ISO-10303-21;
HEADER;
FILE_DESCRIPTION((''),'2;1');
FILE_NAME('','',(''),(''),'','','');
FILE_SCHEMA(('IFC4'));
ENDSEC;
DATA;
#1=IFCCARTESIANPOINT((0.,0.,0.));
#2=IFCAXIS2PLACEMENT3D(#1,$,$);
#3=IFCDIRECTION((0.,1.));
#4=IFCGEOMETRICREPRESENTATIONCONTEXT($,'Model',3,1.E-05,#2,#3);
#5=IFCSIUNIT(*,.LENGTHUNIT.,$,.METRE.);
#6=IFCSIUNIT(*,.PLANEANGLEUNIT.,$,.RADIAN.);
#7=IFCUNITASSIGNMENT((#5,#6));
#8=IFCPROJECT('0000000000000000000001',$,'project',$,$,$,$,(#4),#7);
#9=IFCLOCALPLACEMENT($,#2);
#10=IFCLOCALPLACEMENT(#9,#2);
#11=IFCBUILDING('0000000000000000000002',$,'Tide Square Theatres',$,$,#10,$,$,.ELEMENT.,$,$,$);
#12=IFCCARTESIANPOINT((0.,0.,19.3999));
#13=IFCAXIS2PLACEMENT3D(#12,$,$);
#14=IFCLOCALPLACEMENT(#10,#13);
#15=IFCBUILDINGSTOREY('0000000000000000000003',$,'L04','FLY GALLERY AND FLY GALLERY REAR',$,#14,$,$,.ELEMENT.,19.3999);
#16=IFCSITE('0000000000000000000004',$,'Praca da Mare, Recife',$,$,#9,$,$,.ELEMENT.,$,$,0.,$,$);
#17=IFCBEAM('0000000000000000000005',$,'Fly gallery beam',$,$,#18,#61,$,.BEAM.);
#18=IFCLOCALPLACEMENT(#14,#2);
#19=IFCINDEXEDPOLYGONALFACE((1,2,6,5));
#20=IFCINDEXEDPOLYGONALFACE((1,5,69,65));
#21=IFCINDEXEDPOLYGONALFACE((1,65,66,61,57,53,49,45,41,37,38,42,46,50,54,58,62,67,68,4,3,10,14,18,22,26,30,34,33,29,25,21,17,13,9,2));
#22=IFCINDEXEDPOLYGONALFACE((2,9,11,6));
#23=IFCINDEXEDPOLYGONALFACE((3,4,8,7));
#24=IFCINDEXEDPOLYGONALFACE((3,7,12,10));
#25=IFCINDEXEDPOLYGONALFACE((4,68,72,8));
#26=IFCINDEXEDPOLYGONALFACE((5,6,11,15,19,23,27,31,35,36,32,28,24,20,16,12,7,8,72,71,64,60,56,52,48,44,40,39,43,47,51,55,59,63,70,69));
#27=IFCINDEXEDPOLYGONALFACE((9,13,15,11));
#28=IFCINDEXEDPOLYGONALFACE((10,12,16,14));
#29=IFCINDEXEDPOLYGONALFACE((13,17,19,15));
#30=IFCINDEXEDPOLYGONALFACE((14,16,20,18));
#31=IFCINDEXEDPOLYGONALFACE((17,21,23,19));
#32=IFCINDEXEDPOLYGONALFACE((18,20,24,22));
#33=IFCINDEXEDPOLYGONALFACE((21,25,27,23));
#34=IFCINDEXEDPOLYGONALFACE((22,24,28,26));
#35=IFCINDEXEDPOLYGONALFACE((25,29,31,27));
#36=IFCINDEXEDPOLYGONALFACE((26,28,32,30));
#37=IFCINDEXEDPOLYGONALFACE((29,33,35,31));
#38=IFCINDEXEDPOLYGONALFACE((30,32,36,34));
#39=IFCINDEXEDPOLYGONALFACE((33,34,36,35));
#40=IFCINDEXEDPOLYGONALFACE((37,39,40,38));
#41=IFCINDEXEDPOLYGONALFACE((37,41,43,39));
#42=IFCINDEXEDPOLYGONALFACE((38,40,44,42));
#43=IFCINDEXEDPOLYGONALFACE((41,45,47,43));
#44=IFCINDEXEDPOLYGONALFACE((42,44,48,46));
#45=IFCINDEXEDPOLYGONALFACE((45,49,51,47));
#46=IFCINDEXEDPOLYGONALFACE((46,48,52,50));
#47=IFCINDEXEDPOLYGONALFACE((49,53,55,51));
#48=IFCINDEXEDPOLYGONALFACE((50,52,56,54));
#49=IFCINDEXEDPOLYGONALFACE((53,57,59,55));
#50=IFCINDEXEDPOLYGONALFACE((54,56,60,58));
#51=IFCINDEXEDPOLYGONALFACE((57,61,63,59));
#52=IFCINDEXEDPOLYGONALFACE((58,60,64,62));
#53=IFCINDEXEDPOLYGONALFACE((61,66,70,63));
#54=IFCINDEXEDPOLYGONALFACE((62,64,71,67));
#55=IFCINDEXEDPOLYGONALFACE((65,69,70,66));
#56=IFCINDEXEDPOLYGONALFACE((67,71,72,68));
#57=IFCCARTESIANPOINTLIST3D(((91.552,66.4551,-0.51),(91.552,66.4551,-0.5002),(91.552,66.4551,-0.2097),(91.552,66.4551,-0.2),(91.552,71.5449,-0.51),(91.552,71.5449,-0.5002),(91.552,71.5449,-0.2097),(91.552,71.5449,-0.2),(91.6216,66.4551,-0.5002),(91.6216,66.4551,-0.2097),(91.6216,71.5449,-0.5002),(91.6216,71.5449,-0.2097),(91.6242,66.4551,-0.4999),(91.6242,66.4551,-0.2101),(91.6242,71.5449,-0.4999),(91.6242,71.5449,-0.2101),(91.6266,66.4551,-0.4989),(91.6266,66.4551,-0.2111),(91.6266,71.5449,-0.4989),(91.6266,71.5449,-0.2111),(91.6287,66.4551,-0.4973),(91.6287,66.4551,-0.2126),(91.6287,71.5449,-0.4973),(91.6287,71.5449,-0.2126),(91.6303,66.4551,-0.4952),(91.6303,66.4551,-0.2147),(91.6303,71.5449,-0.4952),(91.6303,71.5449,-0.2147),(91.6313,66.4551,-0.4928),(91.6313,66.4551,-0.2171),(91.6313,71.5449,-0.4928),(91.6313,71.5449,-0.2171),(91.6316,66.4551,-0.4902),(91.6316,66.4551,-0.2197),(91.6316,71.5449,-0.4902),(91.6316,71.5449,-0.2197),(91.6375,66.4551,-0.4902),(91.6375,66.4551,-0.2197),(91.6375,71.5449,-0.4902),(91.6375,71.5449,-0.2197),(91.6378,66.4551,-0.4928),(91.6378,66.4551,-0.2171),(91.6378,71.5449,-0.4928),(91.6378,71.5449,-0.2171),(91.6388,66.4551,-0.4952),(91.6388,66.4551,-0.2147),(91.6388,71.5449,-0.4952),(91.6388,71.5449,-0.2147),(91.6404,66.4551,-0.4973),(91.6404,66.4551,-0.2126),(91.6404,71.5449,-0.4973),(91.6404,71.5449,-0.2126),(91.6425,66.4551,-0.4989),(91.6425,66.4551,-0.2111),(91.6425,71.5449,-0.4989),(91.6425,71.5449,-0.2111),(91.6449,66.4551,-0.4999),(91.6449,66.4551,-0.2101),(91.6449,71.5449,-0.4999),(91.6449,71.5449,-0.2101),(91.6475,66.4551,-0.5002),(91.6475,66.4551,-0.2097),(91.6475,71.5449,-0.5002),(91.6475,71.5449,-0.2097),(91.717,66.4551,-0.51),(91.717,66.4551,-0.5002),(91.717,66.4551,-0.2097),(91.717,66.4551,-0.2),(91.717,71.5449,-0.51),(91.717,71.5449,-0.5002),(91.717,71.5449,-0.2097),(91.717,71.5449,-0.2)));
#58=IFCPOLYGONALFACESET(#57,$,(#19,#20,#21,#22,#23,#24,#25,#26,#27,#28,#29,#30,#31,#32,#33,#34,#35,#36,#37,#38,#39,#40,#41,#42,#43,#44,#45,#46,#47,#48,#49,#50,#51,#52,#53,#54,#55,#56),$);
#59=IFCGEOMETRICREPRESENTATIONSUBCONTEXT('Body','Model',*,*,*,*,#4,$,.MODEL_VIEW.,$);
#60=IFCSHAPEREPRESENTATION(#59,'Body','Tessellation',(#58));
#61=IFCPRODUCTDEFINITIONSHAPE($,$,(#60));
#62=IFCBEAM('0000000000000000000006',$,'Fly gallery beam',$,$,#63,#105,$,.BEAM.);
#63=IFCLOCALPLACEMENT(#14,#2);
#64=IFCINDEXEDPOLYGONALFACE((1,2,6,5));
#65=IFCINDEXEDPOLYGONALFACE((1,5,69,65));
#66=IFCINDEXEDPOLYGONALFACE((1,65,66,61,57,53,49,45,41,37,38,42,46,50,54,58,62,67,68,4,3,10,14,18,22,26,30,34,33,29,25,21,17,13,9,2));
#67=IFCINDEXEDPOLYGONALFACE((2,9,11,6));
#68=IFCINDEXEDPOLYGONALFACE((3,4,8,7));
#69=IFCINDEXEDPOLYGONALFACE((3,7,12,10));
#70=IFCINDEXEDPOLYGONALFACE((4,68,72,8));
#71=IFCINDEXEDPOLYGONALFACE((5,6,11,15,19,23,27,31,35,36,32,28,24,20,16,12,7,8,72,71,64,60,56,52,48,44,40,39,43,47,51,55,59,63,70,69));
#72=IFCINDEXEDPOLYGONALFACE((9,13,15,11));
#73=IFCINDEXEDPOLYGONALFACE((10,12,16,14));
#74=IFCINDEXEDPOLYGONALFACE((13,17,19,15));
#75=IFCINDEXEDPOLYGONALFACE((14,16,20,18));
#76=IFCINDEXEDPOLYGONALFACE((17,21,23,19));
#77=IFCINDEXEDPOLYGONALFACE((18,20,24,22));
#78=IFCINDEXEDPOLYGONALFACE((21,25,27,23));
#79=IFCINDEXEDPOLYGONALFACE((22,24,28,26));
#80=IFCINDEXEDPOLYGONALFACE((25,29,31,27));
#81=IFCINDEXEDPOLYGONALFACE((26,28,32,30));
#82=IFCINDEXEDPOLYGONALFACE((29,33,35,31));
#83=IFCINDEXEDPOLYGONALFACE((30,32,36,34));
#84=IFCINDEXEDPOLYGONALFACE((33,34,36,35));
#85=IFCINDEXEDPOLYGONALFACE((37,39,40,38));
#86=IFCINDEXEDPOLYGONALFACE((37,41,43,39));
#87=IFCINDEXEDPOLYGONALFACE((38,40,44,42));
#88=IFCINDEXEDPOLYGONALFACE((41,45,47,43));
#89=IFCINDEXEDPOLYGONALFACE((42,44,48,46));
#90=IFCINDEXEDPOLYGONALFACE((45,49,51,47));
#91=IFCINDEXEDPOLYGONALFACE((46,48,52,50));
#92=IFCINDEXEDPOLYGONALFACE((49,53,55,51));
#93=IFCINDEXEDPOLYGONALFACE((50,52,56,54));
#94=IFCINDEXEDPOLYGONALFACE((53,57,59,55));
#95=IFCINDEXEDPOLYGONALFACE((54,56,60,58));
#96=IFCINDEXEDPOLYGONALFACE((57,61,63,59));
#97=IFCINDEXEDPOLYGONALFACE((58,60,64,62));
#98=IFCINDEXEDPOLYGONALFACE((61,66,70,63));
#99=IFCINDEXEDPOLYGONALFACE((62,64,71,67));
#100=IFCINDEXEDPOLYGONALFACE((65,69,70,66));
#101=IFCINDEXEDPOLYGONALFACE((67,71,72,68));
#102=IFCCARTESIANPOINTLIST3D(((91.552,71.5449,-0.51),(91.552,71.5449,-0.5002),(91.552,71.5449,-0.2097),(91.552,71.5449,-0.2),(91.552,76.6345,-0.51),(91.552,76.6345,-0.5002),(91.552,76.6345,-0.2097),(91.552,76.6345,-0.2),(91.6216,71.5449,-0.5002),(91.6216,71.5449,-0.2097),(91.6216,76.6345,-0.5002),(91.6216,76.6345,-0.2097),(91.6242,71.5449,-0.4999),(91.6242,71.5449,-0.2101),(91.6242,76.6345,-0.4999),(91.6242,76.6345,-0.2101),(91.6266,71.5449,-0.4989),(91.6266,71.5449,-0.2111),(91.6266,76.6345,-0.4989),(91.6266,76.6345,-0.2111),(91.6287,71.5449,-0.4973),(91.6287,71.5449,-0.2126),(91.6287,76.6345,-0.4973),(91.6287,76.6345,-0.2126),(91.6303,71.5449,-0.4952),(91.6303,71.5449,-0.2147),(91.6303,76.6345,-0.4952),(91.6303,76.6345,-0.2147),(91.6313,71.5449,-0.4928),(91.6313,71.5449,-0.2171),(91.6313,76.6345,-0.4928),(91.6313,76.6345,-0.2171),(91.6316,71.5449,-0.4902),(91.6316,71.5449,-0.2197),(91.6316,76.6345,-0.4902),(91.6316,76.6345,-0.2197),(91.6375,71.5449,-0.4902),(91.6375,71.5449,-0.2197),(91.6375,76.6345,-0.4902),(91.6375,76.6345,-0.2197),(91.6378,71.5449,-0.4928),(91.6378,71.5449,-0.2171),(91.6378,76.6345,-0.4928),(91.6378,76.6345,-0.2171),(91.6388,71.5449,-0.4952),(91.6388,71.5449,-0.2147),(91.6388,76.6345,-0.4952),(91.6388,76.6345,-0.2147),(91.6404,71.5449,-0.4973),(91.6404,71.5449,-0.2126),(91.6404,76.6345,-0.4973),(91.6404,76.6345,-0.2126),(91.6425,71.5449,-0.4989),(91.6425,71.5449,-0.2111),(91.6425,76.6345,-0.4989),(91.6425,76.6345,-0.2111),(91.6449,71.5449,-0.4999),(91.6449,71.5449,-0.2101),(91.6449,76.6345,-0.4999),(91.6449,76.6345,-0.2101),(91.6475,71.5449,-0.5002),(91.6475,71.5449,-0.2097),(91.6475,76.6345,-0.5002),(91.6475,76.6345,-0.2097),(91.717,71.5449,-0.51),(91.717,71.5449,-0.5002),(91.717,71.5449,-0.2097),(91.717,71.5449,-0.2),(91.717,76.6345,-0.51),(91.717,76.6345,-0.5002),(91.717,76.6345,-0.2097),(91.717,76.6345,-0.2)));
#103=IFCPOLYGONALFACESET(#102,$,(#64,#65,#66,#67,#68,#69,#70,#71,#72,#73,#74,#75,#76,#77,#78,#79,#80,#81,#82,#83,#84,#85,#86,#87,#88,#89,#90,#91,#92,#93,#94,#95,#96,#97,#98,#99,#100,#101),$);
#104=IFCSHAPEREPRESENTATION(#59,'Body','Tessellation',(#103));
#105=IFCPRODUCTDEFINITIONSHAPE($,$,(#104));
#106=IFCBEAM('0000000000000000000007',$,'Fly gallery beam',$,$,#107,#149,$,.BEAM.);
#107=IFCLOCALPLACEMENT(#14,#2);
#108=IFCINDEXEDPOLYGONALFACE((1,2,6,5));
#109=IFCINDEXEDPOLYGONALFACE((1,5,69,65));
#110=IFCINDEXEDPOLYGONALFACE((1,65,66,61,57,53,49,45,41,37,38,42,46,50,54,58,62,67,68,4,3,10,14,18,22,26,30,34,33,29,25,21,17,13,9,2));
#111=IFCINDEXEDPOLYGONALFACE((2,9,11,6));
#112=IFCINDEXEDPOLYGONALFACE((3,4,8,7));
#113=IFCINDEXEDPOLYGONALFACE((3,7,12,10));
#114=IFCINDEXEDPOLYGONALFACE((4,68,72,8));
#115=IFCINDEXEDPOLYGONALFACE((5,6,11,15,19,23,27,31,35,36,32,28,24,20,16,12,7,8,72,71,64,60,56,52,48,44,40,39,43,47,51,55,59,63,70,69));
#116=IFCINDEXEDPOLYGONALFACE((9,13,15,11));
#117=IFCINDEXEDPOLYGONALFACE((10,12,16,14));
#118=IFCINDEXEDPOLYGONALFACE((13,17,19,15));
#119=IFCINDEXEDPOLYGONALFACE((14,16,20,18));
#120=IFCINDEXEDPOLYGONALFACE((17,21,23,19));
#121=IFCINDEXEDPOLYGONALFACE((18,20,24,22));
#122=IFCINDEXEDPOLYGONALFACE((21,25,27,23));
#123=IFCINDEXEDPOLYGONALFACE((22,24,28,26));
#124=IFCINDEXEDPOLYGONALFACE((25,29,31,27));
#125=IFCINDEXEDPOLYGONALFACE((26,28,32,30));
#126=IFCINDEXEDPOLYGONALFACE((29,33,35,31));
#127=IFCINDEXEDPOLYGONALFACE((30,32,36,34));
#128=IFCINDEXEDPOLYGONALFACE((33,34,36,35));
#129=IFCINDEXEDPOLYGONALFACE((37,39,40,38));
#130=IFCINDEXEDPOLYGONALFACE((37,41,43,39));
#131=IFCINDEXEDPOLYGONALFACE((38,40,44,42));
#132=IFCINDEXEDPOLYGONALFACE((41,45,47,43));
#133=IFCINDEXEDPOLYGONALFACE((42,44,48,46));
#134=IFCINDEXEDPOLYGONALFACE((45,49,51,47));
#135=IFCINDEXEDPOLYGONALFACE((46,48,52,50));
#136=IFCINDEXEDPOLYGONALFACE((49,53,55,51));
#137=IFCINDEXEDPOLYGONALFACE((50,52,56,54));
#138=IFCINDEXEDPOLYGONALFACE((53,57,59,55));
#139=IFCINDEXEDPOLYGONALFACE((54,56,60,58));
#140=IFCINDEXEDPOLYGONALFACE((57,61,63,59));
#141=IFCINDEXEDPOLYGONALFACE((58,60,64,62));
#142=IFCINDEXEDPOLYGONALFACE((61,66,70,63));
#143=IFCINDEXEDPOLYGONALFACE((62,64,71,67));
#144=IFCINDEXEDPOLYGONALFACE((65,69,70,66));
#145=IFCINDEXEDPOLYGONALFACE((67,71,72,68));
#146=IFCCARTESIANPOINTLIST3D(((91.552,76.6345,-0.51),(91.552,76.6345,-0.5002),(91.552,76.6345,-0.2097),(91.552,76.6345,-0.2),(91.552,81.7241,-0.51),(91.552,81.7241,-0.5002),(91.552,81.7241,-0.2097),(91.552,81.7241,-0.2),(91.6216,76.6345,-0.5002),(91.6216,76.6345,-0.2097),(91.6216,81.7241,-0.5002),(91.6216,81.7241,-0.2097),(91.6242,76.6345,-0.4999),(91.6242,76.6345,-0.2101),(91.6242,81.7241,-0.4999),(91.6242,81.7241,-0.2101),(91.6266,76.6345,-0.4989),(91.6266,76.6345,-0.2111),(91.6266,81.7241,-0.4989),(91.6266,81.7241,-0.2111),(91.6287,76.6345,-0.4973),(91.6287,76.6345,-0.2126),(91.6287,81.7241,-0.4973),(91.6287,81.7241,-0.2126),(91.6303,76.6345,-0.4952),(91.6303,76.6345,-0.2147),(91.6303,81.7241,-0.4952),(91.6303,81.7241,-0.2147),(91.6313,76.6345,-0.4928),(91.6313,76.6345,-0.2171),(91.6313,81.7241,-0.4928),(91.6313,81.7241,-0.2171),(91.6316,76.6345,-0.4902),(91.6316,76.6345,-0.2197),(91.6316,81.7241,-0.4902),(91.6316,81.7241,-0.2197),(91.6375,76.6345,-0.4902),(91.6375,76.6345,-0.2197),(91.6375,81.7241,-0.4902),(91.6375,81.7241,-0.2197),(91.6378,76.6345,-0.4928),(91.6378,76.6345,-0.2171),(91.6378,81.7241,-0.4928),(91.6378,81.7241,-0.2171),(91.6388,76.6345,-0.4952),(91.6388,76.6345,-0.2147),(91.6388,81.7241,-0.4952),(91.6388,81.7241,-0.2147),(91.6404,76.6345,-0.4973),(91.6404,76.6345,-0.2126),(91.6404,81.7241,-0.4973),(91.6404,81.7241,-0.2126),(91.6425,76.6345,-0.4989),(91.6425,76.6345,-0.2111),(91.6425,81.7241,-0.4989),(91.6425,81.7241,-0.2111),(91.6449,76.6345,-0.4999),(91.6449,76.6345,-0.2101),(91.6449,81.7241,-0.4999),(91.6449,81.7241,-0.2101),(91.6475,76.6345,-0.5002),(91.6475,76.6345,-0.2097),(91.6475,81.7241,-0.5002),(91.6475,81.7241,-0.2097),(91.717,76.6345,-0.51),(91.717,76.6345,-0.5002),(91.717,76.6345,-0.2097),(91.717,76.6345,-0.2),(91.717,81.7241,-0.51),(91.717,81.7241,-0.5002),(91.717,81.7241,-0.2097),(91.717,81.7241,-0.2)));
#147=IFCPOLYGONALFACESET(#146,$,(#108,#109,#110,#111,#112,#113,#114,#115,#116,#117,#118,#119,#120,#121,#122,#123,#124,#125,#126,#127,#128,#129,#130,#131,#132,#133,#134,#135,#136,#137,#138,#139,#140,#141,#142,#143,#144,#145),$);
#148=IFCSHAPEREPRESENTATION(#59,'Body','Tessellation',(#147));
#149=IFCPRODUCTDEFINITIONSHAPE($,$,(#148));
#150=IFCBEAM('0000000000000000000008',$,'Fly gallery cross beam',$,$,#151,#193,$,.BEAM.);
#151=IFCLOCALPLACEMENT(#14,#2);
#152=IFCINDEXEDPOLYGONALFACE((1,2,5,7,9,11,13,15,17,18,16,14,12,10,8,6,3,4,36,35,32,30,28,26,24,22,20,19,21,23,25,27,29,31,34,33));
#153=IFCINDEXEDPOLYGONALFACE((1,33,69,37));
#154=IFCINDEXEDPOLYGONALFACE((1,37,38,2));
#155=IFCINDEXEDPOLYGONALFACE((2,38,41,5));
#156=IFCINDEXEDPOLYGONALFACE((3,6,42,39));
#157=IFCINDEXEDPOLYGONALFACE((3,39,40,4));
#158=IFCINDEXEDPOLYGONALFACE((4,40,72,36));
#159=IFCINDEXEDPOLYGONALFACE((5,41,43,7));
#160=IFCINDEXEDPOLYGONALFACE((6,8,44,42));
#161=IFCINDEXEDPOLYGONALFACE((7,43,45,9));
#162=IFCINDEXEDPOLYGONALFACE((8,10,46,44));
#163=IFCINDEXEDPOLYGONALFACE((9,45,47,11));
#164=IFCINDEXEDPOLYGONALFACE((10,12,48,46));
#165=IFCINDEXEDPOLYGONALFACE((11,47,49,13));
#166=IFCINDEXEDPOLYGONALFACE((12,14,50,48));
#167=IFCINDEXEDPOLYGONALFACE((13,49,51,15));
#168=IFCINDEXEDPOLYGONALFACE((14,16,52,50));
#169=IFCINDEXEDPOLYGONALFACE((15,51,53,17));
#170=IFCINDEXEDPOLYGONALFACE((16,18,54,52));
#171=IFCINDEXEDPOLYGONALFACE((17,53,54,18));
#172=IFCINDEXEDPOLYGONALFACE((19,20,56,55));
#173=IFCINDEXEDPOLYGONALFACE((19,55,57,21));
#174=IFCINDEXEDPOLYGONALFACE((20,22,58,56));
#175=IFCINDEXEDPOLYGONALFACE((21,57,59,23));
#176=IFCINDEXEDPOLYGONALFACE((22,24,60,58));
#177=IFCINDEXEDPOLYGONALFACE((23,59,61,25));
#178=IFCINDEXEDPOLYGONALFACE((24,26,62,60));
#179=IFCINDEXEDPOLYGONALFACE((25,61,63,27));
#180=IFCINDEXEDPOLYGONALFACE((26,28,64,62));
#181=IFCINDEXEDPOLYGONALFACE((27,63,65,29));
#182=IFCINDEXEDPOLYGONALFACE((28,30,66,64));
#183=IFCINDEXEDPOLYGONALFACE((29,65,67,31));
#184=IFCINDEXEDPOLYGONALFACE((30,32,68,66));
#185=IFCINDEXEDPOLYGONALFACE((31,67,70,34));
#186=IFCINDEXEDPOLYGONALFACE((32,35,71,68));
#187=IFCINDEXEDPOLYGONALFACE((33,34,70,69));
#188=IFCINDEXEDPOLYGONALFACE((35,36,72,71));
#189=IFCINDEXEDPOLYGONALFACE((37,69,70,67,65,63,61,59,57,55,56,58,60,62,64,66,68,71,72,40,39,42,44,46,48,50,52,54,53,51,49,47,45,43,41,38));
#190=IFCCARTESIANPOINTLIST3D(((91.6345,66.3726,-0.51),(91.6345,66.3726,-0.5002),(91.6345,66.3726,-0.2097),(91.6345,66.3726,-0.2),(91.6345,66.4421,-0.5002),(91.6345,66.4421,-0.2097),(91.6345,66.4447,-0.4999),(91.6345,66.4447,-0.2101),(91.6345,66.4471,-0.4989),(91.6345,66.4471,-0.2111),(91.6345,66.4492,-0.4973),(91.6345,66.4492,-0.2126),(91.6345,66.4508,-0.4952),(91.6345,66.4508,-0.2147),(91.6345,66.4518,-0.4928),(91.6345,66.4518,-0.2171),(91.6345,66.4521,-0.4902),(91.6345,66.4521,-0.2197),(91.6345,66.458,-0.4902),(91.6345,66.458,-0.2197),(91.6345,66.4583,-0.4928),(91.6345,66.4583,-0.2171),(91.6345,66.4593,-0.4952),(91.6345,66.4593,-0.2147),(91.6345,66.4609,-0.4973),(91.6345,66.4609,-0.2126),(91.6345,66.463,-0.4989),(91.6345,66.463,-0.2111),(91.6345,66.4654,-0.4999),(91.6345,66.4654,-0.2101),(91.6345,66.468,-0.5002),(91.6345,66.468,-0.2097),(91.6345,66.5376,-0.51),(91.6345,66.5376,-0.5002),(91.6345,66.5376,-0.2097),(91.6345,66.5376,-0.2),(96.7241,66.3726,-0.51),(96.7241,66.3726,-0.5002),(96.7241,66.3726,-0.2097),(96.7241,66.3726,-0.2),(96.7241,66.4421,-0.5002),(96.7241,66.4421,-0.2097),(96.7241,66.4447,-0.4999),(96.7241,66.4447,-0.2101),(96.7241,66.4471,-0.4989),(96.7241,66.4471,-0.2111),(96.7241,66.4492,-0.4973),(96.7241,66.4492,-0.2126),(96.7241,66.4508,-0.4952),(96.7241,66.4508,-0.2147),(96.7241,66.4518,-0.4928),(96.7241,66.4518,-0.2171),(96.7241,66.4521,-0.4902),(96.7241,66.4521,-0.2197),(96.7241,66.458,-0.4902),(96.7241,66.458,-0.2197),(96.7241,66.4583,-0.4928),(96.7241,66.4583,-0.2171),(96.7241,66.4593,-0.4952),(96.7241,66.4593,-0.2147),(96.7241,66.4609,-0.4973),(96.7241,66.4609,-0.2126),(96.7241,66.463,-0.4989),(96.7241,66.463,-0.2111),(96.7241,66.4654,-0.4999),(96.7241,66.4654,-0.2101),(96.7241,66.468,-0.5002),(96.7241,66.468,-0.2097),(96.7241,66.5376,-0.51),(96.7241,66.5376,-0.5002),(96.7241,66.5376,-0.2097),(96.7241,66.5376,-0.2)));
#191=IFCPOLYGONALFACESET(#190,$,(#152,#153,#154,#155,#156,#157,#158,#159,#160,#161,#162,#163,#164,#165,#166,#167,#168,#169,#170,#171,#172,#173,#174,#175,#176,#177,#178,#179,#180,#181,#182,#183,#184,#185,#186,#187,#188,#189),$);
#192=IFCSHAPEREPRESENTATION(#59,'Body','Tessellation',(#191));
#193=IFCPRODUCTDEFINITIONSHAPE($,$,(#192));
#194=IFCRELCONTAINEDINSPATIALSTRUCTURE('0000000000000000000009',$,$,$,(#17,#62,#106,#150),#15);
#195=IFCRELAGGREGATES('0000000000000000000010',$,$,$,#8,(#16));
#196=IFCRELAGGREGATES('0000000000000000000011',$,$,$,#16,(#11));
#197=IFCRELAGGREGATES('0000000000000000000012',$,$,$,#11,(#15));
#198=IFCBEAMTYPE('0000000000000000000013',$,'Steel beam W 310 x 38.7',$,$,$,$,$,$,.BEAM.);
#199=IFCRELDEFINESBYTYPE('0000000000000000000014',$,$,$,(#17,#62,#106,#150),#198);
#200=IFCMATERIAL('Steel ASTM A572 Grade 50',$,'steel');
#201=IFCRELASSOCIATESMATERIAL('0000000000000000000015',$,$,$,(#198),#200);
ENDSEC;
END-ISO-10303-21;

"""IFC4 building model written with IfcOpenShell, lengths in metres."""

from ifc_helpers import new_model, si_unit, direction, frame, origin, origin_2d, place, context, subcontext, project, spatial, i_section, extrude, material, material_profile, profile_set, type_object, element, save


model = new_model("IFC4")

# Units and contexts
model_context = context("Model", 3, precision=1e-05, world=origin(), true_north=direction((0.0, 1.0)))
body_context = subcontext(model_context, "Body", "Model", "MODEL_VIEW")
ifc_project = project(units=[si_unit("LENGTHUNIT", "METRE"), si_unit("PLANEANGLEUNIT", "RADIAN")], contexts=[model_context])

# Site, building, storey
site_placement = place(None, origin())
site = spatial("IfcSite", under=ifc_project, at=site_placement, Name="Praca da Mare, Recife", CompositionType="ELEMENT", RefElevation=0.0)
building_placement = place(site_placement, origin())
building = spatial("IfcBuilding", under=site, at=building_placement, Name="Tide Square Theatres", CompositionType="ELEMENT")
storey_placement = place(building_placement, frame((0.0, 0.0, 19.3999)))
storey = spatial("IfcBuildingStorey", under=building, at=storey_placement, Name="L04", Description="FLY GALLERY AND FLY GALLERY REAR", CompositionType="ELEMENT", Elevation=19.3999)

# Beams
ifc_material_1 = material(Name="Steel ASTM A572 Grade 50", Category="steel")
ifc_material_profile_1 = material_profile(ifc_material_1, i_section(OverallWidth=0.165, OverallDepth=0.3101, WebThickness=0.0059, FlangeThickness=0.0098, FilletRadius=0.01, at=origin_2d()))
ifc_profile_set_1 = profile_set([ifc_material_profile_1], Name="Steel ASTM A572 Grade 50")
beam_type = type_object("IfcBeamType", Name="Steel beam W 310 x 38.7", PredefinedType="BEAM", material=ifc_profile_set_1)
beam_placement = place(storey_placement, frame((91.6345, 66.4551, -0.355), z_axis=(0.0, 1.0, 0.0), x_axis=(-1.0, 0.0, 0.0)))
element("IfcBeam", 1, at=beam_placement, inside=storey, type_object=beam_type, Name="Fly gallery beam", PredefinedType="BEAM", context=body_context, shape_type="SweptSolid", body=[
    extrude(i_section(OverallWidth=0.165, OverallDepth=0.3101, WebThickness=0.0059, FlangeThickness=0.0098, FilletRadius=0.01, at=origin_2d()), origin(), (0.0, 0.0, 1.0), 5.0898),
])
for number, where, z_axis, x_axis, name in (
    (2, (91.6345, 71.5449, -0.355), (0.0, 1.0, 0.0), (-1.0, 0.0, 0.0), "Fly gallery beam"),
    (3, (91.6345, 76.6345, -0.355), (0.0, 1.0, 0.0), (-1.0, 0.0, 0.0), "Fly gallery beam"),
    (4, (91.6345, 66.4551, -0.355), (1.0, 0.0, 0.0), (0.0, 1.0, 0.0), "Fly gallery cross beam"),
):
    element("IfcBeam", number, at=place(storey_placement, frame(where, z_axis=z_axis, x_axis=x_axis)), inside=storey, type_object=beam_type, Name=name, PredefinedType="BEAM", context=body_context, shape_type="SweptSolid", body=[
        extrude(i_section(OverallWidth=0.165, OverallDepth=0.3101, WebThickness=0.0059, FlangeThickness=0.0098, FilletRadius=0.01, at=origin_2d()), origin(), (0.0, 0.0, 1.0), 5.0896),
    ])

save(model, "model.ifc")
